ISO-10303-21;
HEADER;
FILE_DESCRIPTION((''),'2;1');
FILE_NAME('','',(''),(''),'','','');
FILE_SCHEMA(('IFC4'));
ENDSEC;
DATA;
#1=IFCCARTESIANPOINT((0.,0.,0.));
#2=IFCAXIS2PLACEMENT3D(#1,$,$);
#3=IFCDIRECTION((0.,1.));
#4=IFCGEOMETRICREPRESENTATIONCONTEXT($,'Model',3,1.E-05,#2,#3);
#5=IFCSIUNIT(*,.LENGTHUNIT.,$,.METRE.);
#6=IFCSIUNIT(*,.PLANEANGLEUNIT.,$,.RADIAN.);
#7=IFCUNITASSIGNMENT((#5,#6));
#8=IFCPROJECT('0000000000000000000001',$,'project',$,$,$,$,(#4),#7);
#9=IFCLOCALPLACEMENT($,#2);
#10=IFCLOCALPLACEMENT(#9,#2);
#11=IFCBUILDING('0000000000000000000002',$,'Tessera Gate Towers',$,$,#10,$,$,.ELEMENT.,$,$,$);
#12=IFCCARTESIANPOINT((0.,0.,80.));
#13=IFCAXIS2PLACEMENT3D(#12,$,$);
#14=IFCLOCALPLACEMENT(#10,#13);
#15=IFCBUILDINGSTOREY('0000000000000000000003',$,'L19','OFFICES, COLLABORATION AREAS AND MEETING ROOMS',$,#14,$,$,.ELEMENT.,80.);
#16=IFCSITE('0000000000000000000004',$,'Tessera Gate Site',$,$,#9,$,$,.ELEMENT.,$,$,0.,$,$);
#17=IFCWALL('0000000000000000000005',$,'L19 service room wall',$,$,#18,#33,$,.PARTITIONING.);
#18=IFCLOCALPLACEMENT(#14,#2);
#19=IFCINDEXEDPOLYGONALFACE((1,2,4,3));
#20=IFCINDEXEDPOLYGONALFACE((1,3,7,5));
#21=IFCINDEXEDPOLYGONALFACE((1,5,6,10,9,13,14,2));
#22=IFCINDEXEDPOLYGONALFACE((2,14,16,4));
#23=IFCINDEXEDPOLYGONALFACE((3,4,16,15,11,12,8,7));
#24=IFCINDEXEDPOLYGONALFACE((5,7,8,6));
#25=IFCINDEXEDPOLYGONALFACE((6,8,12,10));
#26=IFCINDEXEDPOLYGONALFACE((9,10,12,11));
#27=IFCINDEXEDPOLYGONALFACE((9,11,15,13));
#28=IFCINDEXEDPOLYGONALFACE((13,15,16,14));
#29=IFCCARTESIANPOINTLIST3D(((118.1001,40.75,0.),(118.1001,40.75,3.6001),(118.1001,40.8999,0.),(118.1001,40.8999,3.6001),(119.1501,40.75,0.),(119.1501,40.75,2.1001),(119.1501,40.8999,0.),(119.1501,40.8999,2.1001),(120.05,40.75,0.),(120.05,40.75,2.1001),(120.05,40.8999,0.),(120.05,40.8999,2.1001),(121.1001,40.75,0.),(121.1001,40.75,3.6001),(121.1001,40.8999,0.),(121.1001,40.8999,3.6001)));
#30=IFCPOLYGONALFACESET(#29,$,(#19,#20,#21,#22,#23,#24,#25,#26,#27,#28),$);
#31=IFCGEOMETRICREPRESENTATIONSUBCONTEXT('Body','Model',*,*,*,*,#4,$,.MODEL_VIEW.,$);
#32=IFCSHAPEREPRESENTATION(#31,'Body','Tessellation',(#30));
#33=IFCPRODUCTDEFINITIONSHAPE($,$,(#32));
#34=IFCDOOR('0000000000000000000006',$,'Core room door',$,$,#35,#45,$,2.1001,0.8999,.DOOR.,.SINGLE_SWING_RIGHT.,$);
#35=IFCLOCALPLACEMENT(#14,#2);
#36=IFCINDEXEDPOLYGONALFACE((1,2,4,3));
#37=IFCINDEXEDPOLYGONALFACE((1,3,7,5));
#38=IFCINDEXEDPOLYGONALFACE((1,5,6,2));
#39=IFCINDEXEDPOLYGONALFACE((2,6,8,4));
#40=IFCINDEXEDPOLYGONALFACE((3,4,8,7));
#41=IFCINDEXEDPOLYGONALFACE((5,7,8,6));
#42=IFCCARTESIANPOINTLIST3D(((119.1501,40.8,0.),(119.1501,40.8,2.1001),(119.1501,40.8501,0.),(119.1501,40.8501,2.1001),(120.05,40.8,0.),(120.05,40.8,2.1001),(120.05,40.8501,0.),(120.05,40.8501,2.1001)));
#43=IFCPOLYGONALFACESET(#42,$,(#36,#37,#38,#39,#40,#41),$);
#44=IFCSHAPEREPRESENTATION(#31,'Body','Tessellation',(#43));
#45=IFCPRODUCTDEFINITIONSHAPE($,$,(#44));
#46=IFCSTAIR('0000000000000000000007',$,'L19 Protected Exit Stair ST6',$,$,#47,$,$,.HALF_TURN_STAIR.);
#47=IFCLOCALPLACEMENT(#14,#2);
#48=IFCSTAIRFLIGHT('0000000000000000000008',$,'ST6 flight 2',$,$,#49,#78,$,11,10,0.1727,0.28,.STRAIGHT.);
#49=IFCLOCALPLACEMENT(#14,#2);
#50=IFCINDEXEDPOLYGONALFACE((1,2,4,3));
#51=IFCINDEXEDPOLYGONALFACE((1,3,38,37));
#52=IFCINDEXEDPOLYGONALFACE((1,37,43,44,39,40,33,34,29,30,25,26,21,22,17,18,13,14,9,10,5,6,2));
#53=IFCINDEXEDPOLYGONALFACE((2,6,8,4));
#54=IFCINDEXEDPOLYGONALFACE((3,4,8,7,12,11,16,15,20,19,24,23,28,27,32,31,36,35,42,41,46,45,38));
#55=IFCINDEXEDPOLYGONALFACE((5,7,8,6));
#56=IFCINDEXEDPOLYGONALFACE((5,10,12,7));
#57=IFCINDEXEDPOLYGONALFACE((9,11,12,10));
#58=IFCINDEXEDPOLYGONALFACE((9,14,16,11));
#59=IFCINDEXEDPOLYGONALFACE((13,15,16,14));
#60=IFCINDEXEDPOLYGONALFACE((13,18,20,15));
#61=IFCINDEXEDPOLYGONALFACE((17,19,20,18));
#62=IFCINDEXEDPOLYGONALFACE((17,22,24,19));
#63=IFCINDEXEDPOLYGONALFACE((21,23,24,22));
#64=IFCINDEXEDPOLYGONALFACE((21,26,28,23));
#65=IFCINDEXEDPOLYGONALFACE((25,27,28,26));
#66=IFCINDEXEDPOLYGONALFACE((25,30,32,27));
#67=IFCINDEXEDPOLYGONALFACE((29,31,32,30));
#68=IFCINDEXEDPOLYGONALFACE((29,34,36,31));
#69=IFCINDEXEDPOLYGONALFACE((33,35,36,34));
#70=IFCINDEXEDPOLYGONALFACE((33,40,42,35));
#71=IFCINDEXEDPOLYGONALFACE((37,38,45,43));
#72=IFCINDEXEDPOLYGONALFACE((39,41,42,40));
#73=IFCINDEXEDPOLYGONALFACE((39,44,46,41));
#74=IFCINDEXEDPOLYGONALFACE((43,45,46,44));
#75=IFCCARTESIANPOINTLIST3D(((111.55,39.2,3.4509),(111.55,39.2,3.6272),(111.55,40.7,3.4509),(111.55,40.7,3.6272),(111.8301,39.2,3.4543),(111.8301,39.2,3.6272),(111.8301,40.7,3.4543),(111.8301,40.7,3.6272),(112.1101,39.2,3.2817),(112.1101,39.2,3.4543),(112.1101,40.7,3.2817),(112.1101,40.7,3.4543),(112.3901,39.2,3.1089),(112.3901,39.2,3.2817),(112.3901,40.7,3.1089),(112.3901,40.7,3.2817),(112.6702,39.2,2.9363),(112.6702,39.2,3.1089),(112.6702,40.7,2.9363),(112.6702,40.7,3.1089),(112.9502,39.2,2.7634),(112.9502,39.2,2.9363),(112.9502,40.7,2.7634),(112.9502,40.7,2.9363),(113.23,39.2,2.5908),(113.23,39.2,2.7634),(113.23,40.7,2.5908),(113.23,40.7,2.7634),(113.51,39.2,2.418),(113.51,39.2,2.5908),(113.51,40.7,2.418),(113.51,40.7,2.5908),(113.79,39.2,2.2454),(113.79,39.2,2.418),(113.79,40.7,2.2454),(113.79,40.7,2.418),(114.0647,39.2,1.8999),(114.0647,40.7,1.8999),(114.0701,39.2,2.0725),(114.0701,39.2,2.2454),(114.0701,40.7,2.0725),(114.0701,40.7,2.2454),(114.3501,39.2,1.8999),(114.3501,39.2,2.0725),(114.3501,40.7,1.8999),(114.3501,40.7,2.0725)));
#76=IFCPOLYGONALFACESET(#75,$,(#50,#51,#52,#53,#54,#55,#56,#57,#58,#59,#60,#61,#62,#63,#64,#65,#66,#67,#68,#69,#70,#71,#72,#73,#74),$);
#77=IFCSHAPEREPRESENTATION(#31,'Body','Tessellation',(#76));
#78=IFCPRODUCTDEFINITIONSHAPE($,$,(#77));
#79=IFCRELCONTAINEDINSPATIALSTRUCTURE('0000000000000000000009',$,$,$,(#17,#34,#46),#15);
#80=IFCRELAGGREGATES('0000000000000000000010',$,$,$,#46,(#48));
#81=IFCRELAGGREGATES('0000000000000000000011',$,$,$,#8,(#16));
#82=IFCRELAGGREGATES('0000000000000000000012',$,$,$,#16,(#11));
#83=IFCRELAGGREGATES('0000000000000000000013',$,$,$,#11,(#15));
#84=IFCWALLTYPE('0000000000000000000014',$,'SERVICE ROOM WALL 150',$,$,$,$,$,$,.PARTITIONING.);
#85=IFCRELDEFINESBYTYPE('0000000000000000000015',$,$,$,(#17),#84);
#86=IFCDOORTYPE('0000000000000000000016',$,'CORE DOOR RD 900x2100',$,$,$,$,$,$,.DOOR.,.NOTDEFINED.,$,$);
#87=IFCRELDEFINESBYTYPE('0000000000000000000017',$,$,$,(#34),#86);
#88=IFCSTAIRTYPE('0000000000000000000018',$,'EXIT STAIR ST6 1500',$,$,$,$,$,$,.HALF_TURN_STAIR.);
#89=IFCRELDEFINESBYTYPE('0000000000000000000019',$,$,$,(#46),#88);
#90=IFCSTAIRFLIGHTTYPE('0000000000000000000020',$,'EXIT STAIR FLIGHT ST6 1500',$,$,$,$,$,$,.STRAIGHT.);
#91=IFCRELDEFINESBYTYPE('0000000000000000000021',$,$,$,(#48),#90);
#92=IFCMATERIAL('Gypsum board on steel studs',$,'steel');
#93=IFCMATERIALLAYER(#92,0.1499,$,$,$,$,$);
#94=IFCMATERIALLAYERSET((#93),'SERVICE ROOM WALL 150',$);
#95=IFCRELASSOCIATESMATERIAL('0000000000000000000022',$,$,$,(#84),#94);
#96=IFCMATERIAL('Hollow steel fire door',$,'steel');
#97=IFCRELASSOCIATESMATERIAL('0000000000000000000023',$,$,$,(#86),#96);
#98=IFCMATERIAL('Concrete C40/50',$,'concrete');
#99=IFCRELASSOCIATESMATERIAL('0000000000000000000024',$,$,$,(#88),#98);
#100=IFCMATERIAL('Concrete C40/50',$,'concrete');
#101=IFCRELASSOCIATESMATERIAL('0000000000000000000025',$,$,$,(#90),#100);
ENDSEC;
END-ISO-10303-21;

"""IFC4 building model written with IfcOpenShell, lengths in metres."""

from ifc_helpers import new_model, si_unit, direction, frame, frame_2d, origin, place, context, subcontext, project, spatial, polyline, rectangle, outline, extrude, source, transform, mapped, material, layer, layer_set, type_object, element, fill, aggregate, save


model = new_model("IFC4")

# Units and contexts
model_context = context("Model", 3, precision=1e-05, world=origin(), true_north=direction((0.0, 1.0)))
body_context = subcontext(model_context, "Body", "Model", "MODEL_VIEW")
ifc_project = project(units=[si_unit("LENGTHUNIT", "METRE"), si_unit("PLANEANGLEUNIT", "RADIAN")], contexts=[model_context])

# Site, building, storey
site_placement = place(None, origin())
site = spatial("IfcSite", under=ifc_project, at=site_placement, Name="Tessera Gate Site", CompositionType="ELEMENT", RefElevation=0.0)
building_placement = place(site_placement, origin())
building = spatial("IfcBuilding", under=site, at=building_placement, Name="Tessera Gate Towers", CompositionType="ELEMENT")
storey_placement = place(building_placement, frame((0.0, 0.0, 80.0)))
storey = spatial("IfcBuildingStorey", under=building, at=storey_placement, Name="L19", Description="OFFICES, COLLABORATION AREAS AND MEETING ROOMS", CompositionType="ELEMENT", Elevation=80.0)

# Wall, opening, door
ifc_material_1 = material(Name="Gypsum board on steel studs", Category="steel")
ifc_layer_1 = layer(ifc_material_1, 0.1499)
ifc_layer_set_1 = layer_set([ifc_layer_1], Name="SERVICE ROOM WALL 150")
wall_type_1 = type_object("IfcWallType", Name="SERVICE ROOM WALL 150", PredefinedType="PARTITIONING", material=ifc_layer_set_1)
wall_1_placement = place(storey_placement, frame((121.1001, 40.825, 0.0), z_axis=(0.0, 0.0, 1.0), x_axis=(-1.0, 0.0, 0.0)))
wall_1 = element("IfcWall", 1, at=wall_1_placement, inside=storey, type_object=wall_type_1, Name="L19 service room wall", PredefinedType="PARTITIONING", context=body_context, shape_type="SweptSolid", body=[
    extrude(rectangle(XDim=3.0, YDim=0.1499, at=frame_2d((1.5, 0.0))), origin(), (0.0, 0.0, 1.0), 3.6001),
])
shared_shape_1 = source(origin(), body_context, "Body", "SweptSolid", [
    extrude(rectangle(XDim=0.8999, YDim=2.1001, at=frame_2d((0.45, 1.05))), frame((0.0, 0.085, 0.0), z_axis=(0.0, -1.0, 0.0), x_axis=(1.0, 0.0, 0.0)), (0.0, 0.0, 1.0), 0.1699),
])
opening_1_placement = place(wall_1_placement, frame((1.05, 0.0, 0.0)))
opening_1 = element("IfcOpeningElement", 2, at=opening_1_placement, cuts=wall_1, PredefinedType="OPENING", context=body_context, shape_type="MappedRepresentation", body=[
    mapped(shared_shape_1, transform((0.0, 0.0, 0.0), scale=1.0)),
])
ifc_material_2 = material(Name="Hollow steel fire door", Category="steel")
door_type_1 = type_object("IfcDoorType", Name="CORE DOOR RD 900x2100", OperationType="NOTDEFINED", PredefinedType="DOOR", material=ifc_material_2)
shared_shape_2 = source(origin(), body_context, "Body", "SweptSolid", [
    extrude(rectangle(XDim=0.8999, YDim=2.1001, at=frame_2d((0.45, 1.05))), frame((0.0, 0.0249, 0.0), z_axis=(0.0, -1.0, 0.0), x_axis=(1.0, 0.0, 0.0)), (0.0, 0.0, 1.0), 0.05),
])
door_1_placement = place(opening_1_placement, origin())
door_1 = element("IfcDoor", 3, at=door_1_placement, inside=storey, type_object=door_type_1, Name="Core room door", OperationType="SINGLE_SWING_RIGHT", OverallHeight=2.1001, OverallWidth=0.8999, PredefinedType="DOOR", context=body_context, shape_type="MappedRepresentation", body=[
    mapped(shared_shape_2, transform((0.0, 0.0, 0.0), scale=1.0)),
])
fill(opening_1, door_1)

# Stair, stair flight
ifc_material_3 = material(Name="Concrete C40/50", Category="concrete")
stair_type = type_object("IfcStairType", Name="EXIT STAIR ST6 1500", PredefinedType="HALF_TURN_STAIR", material=ifc_material_3)
stair_placement = place(storey_placement, origin())
stair = element("IfcStair", 4, at=stair_placement, inside=storey, type_object=stair_type, Name="L19 Protected Exit Stair ST6", PredefinedType="HALF_TURN_STAIR")
ifc_material_4 = material(Name="Concrete C40/50", Category="concrete")
stair_flight_type = type_object("IfcStairFlightType", Name="EXIT STAIR FLIGHT ST6 1500", PredefinedType="STRAIGHT", material=ifc_material_4)
stair_flight_placement = place(storey_placement, frame((114.3501, 39.95, 1.8999), z_axis=(0.0, 0.0, 1.0), x_axis=(-1.0, 0.0, 0.0)))
stair_flight = element("IfcStairFlight", 5, at=stair_flight_placement, type_object=stair_flight_type, Name="ST6 flight 2", NumberOfRisers=11, NumberOfTreads=10, PredefinedType="STRAIGHT", RiserHeight=0.1727, TreadLength=0.28, context=body_context, shape_type="SweptSolid", body=[
    extrude(outline(polyline([(0.0, 0.0), (0.0, 0.1726), (0.28, 0.1726), (0.28, 0.3455), (0.5601, 0.3455), (0.5601, 0.5181), (0.8401, 0.5181), (0.8401, 0.6909), (1.1201, 0.6909), (1.1201, 0.8635), (1.3999, 0.8635), (1.3999, 1.0364), (1.6799, 1.0364), (1.6799, 1.209), (1.96, 1.209), (1.96, 1.3818), (2.24, 1.3818), (2.24, 1.5544), (2.52, 1.5544), (2.52, 1.7273), (2.8, 1.7273), (2.8, 1.8999), (2.8, 1.551), (0.2854, 0.0), (0.0, 0.0)])), frame((0.0, 0.75, 0.0), z_axis=(0.0, -1.0, 0.0), x_axis=(1.0, 0.0, 0.0)), (0.0, 0.0, 1.0), 1.5),
])
aggregate(stair, [stair_flight])

save(model, "model.ifc")
